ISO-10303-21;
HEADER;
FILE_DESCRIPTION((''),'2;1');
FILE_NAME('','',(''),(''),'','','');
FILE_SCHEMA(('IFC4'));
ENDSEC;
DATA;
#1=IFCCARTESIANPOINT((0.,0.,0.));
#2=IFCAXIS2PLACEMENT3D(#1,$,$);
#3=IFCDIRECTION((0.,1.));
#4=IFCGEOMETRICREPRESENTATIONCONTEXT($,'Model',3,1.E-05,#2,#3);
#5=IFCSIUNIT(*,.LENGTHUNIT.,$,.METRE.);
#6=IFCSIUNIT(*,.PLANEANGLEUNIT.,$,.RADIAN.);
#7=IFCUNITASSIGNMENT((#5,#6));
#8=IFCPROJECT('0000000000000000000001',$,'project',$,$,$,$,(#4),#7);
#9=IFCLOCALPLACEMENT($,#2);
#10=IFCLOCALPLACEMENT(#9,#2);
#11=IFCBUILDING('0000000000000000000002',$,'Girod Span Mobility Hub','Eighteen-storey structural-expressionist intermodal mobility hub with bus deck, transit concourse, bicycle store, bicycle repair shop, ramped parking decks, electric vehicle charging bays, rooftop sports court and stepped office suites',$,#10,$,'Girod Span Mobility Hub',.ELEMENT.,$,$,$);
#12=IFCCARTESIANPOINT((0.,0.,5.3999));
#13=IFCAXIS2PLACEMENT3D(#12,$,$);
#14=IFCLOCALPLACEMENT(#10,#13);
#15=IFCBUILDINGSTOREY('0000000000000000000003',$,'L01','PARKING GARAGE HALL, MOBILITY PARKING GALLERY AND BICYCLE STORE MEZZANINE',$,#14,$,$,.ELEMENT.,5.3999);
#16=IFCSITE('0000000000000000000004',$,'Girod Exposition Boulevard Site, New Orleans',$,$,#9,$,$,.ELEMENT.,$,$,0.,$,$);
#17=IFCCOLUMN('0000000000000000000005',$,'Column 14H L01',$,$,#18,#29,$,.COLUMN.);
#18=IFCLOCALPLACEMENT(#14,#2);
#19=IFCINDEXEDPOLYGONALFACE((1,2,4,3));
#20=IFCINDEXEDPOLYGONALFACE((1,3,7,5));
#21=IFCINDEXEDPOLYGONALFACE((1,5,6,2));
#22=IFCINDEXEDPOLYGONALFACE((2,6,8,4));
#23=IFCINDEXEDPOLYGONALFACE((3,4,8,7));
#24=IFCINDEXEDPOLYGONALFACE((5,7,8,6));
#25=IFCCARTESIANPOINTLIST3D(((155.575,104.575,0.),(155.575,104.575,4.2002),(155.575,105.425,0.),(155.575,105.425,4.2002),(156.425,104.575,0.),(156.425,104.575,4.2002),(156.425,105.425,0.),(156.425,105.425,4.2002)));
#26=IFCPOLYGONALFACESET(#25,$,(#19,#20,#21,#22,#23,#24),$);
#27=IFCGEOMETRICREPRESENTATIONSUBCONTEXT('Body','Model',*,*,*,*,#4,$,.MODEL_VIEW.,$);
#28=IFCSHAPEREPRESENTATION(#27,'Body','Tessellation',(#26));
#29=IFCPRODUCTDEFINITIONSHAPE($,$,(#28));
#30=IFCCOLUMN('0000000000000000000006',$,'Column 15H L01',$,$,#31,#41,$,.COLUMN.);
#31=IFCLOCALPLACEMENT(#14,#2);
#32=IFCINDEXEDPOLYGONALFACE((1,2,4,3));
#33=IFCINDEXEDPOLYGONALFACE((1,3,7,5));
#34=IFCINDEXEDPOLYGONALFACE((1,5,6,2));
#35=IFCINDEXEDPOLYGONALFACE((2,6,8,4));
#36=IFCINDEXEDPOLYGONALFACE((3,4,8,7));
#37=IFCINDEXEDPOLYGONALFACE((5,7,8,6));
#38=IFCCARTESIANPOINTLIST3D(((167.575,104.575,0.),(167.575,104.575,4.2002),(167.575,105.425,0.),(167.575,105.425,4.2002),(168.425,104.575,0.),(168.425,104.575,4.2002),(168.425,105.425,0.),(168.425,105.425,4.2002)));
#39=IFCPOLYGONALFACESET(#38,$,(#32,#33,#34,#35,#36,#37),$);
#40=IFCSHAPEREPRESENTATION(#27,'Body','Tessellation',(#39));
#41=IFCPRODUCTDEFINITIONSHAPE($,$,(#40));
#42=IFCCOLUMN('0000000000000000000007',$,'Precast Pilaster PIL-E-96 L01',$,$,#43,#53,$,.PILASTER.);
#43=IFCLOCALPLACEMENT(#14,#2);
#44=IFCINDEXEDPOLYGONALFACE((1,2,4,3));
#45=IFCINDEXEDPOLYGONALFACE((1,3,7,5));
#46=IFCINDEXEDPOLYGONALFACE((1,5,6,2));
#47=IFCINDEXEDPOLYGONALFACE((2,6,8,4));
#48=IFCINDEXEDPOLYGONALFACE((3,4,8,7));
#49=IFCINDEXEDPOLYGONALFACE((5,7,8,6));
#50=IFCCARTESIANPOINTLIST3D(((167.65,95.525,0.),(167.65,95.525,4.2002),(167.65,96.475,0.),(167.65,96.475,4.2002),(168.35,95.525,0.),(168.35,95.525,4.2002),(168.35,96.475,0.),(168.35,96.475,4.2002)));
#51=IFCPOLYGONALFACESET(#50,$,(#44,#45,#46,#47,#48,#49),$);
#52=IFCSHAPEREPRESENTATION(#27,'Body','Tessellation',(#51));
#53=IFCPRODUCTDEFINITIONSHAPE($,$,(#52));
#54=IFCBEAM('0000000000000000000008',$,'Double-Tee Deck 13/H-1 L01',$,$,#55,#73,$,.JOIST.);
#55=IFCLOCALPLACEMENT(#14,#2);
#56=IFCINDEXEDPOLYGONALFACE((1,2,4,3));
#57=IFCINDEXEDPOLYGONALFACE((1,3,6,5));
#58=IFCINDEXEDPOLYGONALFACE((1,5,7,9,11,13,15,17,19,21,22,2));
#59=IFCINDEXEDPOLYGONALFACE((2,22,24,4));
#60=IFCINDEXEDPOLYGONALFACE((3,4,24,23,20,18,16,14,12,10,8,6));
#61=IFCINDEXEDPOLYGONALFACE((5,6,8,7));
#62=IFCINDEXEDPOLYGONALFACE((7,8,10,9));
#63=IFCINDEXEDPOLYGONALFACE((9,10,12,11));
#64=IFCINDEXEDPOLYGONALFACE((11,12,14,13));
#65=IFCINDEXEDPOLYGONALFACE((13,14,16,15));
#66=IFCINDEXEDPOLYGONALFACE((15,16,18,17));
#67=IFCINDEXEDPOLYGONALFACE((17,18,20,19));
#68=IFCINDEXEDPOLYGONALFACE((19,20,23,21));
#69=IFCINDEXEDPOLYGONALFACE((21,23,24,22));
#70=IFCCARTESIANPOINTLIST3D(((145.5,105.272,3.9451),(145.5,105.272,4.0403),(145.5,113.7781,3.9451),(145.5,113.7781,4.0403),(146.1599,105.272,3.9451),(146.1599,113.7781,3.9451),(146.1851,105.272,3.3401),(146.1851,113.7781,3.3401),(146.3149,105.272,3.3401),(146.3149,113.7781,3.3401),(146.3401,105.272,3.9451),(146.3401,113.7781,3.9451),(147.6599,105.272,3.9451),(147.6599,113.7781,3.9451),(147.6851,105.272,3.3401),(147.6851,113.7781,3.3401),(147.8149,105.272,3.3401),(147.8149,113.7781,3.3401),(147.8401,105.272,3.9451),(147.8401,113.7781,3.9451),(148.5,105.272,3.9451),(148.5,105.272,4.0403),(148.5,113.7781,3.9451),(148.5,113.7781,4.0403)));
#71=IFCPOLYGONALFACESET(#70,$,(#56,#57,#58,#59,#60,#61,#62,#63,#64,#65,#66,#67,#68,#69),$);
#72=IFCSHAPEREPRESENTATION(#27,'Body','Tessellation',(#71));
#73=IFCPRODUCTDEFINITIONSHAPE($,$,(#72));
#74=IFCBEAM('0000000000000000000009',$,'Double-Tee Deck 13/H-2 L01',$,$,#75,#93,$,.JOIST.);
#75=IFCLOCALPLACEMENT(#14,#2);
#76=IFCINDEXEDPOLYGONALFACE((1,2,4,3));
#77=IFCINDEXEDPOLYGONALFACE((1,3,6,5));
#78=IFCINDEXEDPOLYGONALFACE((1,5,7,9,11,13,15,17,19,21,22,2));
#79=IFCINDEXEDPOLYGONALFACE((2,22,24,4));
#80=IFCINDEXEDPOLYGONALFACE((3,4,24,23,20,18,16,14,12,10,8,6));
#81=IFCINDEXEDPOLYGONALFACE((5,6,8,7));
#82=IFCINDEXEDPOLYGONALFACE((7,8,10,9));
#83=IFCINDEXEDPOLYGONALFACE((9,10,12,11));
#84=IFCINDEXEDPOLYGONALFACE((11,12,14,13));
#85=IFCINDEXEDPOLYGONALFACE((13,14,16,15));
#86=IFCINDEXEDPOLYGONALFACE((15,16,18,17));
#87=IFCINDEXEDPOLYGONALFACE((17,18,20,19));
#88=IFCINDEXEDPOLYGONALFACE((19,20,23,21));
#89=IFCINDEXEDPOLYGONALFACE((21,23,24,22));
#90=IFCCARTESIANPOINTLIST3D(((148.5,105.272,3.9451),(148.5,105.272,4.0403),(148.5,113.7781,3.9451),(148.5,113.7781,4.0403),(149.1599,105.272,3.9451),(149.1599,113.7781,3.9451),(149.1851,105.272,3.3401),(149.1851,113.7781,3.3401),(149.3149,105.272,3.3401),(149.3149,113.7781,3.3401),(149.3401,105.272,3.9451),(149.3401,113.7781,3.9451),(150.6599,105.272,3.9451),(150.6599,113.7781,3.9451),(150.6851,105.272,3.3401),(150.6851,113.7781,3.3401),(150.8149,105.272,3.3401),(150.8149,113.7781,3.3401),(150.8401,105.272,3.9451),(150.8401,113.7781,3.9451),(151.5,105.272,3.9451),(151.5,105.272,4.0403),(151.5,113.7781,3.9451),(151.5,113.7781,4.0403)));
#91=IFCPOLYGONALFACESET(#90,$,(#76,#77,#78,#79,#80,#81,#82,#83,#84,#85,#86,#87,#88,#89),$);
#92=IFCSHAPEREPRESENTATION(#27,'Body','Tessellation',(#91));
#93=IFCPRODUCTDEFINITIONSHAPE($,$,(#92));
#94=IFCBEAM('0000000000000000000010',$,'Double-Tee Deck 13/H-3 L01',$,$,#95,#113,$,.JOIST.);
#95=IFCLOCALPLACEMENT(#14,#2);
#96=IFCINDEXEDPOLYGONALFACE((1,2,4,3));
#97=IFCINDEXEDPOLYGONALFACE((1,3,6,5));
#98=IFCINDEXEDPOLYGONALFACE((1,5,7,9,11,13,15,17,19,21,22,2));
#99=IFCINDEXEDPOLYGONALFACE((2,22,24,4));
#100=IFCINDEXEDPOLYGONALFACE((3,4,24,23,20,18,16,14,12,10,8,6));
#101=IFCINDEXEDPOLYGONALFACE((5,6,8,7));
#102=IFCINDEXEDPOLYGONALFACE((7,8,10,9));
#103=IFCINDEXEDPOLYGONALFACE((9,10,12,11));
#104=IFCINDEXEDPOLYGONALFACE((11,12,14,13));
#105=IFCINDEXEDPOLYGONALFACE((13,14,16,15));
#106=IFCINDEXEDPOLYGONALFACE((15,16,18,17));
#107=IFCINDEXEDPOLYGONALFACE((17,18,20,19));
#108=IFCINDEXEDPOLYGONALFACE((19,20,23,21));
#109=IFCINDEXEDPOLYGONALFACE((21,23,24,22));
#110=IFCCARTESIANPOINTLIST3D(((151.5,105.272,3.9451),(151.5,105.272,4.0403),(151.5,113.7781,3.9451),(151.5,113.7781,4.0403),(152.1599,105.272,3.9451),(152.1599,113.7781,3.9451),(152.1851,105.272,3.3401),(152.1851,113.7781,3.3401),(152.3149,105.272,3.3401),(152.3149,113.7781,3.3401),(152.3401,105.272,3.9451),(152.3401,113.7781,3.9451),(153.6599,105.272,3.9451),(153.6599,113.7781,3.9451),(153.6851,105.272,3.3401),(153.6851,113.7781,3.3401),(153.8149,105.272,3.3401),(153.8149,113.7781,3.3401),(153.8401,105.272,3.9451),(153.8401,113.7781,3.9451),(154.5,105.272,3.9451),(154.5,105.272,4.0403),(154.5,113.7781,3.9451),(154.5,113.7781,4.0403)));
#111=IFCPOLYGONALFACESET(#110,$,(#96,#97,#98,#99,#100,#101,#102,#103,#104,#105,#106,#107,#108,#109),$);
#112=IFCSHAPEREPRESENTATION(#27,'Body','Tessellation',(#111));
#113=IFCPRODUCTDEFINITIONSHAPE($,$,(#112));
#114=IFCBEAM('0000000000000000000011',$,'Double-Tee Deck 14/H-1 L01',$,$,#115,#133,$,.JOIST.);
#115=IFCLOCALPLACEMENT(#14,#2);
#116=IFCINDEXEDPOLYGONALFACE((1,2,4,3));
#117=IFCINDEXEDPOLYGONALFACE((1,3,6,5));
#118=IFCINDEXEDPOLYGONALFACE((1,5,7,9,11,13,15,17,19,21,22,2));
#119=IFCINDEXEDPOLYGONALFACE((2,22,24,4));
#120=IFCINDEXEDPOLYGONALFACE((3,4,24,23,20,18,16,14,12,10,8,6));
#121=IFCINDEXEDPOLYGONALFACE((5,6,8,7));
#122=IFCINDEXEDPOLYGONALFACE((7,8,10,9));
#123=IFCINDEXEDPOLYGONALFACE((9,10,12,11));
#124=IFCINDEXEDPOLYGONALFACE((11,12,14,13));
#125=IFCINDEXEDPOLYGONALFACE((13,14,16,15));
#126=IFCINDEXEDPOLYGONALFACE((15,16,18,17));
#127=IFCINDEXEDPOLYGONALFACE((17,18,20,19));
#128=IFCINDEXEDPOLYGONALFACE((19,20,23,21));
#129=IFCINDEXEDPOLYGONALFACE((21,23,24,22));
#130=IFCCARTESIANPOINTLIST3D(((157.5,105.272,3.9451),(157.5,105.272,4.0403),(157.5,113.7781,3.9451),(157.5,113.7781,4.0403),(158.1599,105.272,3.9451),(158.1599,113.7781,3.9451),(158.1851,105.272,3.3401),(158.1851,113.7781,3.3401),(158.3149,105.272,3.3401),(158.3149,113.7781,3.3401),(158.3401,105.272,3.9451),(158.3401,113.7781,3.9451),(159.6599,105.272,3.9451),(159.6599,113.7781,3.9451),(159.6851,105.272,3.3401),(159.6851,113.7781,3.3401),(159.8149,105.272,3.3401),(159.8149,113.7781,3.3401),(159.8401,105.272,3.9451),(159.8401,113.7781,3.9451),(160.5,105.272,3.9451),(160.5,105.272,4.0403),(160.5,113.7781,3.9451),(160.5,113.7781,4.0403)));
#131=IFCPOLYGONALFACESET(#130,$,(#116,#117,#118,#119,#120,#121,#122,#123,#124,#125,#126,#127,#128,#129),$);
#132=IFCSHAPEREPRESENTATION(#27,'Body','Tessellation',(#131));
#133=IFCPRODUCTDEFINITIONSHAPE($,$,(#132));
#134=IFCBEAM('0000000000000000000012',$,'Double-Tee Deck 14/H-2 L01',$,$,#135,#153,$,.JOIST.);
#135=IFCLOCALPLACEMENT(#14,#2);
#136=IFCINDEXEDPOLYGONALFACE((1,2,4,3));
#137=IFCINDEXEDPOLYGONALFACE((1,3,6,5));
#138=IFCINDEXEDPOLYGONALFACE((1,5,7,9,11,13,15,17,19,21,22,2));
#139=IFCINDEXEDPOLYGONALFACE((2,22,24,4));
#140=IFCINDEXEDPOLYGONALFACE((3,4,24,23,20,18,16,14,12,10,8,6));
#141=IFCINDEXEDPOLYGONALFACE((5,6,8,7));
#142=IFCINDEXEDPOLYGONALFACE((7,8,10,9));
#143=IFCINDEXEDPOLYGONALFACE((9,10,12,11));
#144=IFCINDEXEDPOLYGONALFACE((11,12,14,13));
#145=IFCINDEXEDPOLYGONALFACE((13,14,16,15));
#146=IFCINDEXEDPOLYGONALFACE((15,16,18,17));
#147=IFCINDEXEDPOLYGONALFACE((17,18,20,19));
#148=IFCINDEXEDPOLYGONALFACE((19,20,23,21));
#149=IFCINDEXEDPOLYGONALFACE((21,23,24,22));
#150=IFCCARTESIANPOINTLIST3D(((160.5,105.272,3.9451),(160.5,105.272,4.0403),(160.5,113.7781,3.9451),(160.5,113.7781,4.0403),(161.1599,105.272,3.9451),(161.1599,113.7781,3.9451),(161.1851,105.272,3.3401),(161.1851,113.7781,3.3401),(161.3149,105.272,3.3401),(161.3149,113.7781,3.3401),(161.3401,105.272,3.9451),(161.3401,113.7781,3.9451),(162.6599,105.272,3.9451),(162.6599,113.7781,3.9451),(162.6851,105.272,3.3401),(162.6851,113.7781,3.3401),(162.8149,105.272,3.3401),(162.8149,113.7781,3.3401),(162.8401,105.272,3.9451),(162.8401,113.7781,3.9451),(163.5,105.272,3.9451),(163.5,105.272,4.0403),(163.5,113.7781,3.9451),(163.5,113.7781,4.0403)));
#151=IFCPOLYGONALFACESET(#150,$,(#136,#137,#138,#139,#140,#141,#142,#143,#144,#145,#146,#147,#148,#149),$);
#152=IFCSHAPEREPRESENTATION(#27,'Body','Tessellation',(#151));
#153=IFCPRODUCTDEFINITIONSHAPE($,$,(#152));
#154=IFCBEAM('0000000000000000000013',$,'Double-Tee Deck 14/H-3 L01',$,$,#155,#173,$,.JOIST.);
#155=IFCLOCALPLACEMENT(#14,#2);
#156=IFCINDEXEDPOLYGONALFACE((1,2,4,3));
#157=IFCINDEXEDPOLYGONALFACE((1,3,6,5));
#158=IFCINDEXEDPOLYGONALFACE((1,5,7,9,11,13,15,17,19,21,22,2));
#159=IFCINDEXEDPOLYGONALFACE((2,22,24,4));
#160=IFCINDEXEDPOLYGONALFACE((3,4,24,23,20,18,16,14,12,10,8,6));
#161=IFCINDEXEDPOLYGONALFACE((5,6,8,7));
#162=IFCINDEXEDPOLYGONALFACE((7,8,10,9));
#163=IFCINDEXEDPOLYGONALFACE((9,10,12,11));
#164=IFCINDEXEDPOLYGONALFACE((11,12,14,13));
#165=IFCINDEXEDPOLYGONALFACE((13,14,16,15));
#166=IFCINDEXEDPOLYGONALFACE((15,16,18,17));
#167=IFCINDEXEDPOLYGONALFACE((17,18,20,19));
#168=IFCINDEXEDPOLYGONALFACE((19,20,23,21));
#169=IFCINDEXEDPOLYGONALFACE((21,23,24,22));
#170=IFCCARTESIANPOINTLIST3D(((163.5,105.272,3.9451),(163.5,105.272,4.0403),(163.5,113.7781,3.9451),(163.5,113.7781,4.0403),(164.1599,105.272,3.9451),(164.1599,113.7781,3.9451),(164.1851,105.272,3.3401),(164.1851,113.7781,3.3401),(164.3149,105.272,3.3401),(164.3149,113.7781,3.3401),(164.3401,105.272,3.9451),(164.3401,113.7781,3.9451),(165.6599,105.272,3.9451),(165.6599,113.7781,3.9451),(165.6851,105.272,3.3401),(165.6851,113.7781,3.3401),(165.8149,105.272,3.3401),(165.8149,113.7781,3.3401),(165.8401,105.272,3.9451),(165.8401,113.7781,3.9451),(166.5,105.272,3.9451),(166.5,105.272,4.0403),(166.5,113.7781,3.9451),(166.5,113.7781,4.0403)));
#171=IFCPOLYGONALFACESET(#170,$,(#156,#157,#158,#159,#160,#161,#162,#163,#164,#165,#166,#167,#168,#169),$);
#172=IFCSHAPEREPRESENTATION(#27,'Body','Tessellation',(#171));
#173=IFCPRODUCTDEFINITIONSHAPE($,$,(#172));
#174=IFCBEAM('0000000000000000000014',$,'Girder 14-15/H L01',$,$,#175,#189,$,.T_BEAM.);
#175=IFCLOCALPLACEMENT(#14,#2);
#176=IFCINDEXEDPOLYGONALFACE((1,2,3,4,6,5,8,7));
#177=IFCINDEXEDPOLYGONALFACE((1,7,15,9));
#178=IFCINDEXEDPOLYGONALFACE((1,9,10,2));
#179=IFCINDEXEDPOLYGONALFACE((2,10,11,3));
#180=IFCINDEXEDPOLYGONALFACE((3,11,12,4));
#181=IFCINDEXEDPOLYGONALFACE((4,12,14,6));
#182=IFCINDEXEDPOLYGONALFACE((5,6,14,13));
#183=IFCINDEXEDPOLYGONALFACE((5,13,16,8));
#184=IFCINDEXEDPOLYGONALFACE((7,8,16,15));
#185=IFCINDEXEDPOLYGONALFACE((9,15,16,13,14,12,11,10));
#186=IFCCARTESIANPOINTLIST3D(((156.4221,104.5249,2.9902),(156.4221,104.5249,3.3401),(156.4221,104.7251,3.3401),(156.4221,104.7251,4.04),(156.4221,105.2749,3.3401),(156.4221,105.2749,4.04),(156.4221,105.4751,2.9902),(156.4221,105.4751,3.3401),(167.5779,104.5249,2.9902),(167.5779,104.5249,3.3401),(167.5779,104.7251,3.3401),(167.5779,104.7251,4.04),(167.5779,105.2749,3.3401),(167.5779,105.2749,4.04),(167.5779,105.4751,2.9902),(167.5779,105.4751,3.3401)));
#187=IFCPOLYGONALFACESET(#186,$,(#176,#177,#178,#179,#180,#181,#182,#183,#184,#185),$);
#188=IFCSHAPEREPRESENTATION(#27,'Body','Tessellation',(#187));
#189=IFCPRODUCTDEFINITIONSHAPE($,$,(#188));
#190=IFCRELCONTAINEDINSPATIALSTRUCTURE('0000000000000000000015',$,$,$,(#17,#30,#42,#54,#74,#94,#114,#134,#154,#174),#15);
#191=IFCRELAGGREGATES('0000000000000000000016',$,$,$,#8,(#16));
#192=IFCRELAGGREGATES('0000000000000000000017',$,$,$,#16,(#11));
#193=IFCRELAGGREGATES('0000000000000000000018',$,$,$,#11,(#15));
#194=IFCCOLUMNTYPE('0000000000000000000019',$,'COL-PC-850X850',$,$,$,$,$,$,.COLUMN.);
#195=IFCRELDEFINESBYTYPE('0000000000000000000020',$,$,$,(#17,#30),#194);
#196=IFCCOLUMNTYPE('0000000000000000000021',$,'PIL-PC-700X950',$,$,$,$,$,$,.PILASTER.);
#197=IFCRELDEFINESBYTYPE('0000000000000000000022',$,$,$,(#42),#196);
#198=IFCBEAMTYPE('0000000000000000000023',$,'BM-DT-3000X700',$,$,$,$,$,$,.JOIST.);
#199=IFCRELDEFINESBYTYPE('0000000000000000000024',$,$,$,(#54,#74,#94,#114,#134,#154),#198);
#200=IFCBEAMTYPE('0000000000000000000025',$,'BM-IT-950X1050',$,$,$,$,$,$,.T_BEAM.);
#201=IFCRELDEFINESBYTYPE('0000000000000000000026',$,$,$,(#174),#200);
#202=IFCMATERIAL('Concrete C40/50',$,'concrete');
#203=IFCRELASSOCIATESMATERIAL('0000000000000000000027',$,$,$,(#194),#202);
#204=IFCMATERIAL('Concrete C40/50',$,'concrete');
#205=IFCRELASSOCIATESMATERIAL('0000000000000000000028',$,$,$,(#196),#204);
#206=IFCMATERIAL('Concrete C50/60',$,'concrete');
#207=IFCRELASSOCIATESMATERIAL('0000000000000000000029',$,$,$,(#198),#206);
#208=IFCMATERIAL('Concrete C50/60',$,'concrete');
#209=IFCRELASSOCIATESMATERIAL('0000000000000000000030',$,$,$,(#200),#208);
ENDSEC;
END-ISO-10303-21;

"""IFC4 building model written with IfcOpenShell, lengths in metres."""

from ifc_helpers import new_model, si_unit, direction, frame, origin, origin_2d, place, context, subcontext, project, spatial, polyline, rectangle, outline, extrude, material, material_profile, profile_set, type_object, element, save


model = new_model("IFC4")

# Units and contexts
model_context = context("Model", 3, precision=1e-05, world=origin(), true_north=direction((0.0, 1.0)))
body_context = subcontext(model_context, "Body", "Model", "MODEL_VIEW")
ifc_project = project(units=[si_unit("LENGTHUNIT", "METRE"), si_unit("PLANEANGLEUNIT", "RADIAN")], contexts=[model_context])

# Site, building, storey
site_placement = place(None, origin())
site = spatial("IfcSite", under=ifc_project, at=site_placement, Name="Girod Exposition Boulevard Site, New Orleans", CompositionType="ELEMENT", RefElevation=0.0)
building_placement = place(site_placement, origin())
building = spatial("IfcBuilding", under=site, at=building_placement, Name="Girod Span Mobility Hub", Description="Eighteen-storey structural-expressionist intermodal mobility hub with bus deck, transit concourse, bicycle store, bicycle repair shop, ramped parking decks, electric vehicle charging bays, rooftop sports court and stepped office suites", LongName="Girod Span Mobility Hub", CompositionType="ELEMENT")
storey_placement = place(building_placement, frame((0.0, 0.0, 5.3999)))
storey = spatial("IfcBuildingStorey", under=building, at=storey_placement, Name="L01", Description="PARKING GARAGE HALL, MOBILITY PARKING GALLERY AND BICYCLE STORE MEZZANINE", CompositionType="ELEMENT", Elevation=5.3999)

# Columns
ifc_material_1 = material(Name="Concrete C40/50", Category="concrete")
ifc_material_profile_1 = material_profile(ifc_material_1, rectangle(XDim=0.8501, YDim=0.8501, at=origin_2d()), Name="PC-COL-850X850")
ifc_profile_set_1 = profile_set([ifc_material_profile_1], Name="Concrete C40/50")
column_type_1 = type_object("IfcColumnType", Name="COL-PC-850X850", PredefinedType="COLUMN", material=ifc_profile_set_1)
for number, where, z_axis, x_axis, name in (
    (1, (156.0, 105.0, 0.0), (0.0, 0.0, 1.0), (1.0, 0.0, 0.0), "Column 14H L01"),
    (2, (168.0, 105.0, 0.0), (0.0, 0.0, 1.0), (1.0, 0.0, 0.0), "Column 15H L01"),
):
    element("IfcColumn", number, at=place(storey_placement, frame(where, z_axis=z_axis, x_axis=x_axis)), inside=storey, type_object=column_type_1, Name=name, PredefinedType="COLUMN", context=body_context, shape_type="SweptSolid", body=[
        extrude(rectangle(XDim=0.8501, YDim=0.8501, at=origin_2d()), origin(), (0.0, 0.0, 1.0), 4.2002),
    ])
ifc_material_2 = material(Name="Concrete C40/50", Category="concrete")
ifc_material_profile_2 = material_profile(ifc_material_2, rectangle(XDim=0.7, YDim=0.95, at=origin_2d()), Name="PC-PIL-700X950")
ifc_profile_set_2 = profile_set([ifc_material_profile_2], Name="Concrete C40/50")
column_type_2 = type_object("IfcColumnType", Name="PIL-PC-700X950", PredefinedType="PILASTER", material=ifc_profile_set_2)
column_placement = place(storey_placement, frame((168.0, 96.0, 0.0), z_axis=(0.0, 0.0, 1.0), x_axis=(1.0, 0.0, 0.0)))
element("IfcColumn", 3, at=column_placement, inside=storey, type_object=column_type_2, Name="Precast Pilaster PIL-E-96 L01", PredefinedType="PILASTER", context=body_context, shape_type="SweptSolid", body=[
    extrude(rectangle(XDim=0.7, YDim=0.95, at=origin_2d()), origin(), (0.0, 0.0, 1.0), 4.2002),
])

# Beams
ifc_material_3 = material(Name="Concrete C50/60", Category="concrete")
ifc_material_profile_3 = material_profile(ifc_material_3, outline(polyline([(-1.5, 0.3501), (-1.5, 0.2549), (-0.8401, 0.2549), (-0.8149, -0.3501), (-0.6851, -0.3501), (-0.6599, 0.2549), (0.6599, 0.2549), (0.6851, -0.3501), (0.8149, -0.3501), (0.8401, 0.2549), (1.5, 0.2549), (1.5, 0.3501), (-1.5, 0.3501)])), Name="DT-3000X700")
ifc_profile_set_3 = profile_set([ifc_material_profile_3], Name="Concrete C50/60")
beam_type_1 = type_object("IfcBeamType", Name="BM-DT-3000X700", PredefinedType="JOIST", material=ifc_profile_set_3)
for number, where, z_axis, x_axis, name in (
    (4, (147.0, 105.272, 3.6902), (0.0, 1.0, 0.0), (-1.0, 0.0, 0.0), "Double-Tee Deck 13/H-1 L01"),
    (5, (150.0, 105.272, 3.6902), (0.0, 1.0, 0.0), (-1.0, 0.0, 0.0), "Double-Tee Deck 13/H-2 L01"),
    (6, (153.0, 105.272, 3.6902), (0.0, 1.0, 0.0), (-1.0, 0.0, 0.0), "Double-Tee Deck 13/H-3 L01"),
    (7, (159.0, 105.272, 3.6902), (0.0, 1.0, 0.0), (-1.0, 0.0, 0.0), "Double-Tee Deck 14/H-1 L01"),
    (8, (162.0, 105.272, 3.6902), (0.0, 1.0, 0.0), (-1.0, 0.0, 0.0), "Double-Tee Deck 14/H-2 L01"),
    (9, (165.0, 105.272, 3.6902), (0.0, 1.0, 0.0), (-1.0, 0.0, 0.0), "Double-Tee Deck 14/H-3 L01"),
):
    element("IfcBeam", number, at=place(storey_placement, frame(where, z_axis=z_axis, x_axis=x_axis)), inside=storey, type_object=beam_type_1, Name=name, PredefinedType="JOIST", context=body_context, shape_type="SweptSolid", body=[
        extrude(outline(polyline([(-1.5, 0.3501), (-1.5, 0.2549), (-0.8401, 0.2549), (-0.8149, -0.3501), (-0.6851, -0.3501), (-0.6599, 0.2549), (0.6599, 0.2549), (0.6851, -0.3501), (0.8149, -0.3501), (0.8401, 0.2549), (1.5, 0.2549), (1.5, 0.3501), (-1.5, 0.3501)])), origin(), (0.0, 0.0, 1.0), 8.5061),
    ])
ifc_material_4 = material(Name="Concrete C50/60", Category="concrete")
ifc_material_profile_4 = material_profile(ifc_material_4, outline(polyline([(-0.4751, -0.5249), (0.4751, -0.5249), (0.4751, -0.175), (0.2749, -0.175), (0.2749, 0.5249), (-0.2749, 0.5249), (-0.2749, -0.175), (-0.4751, -0.175), (-0.4751, -0.5249)])), Name="IT-950X1050")
ifc_profile_set_4 = profile_set([ifc_material_profile_4], Name="Concrete C50/60")
beam_type_2 = type_object("IfcBeamType", Name="BM-IT-950X1050", PredefinedType="T_BEAM", material=ifc_profile_set_4)
beam_1_placement = place(storey_placement, frame((156.4221, 105.0, 3.5151), z_axis=(1.0, 0.0, 0.0), x_axis=(0.0, 1.0, 0.0)))
element("IfcBeam", 10, at=beam_1_placement, inside=storey, type_object=beam_type_2, Name="Girder 14-15/H L01", PredefinedType="T_BEAM", context=body_context, shape_type="SweptSolid", body=[
    extrude(outline(polyline([(-0.4751, -0.5249), (0.4751, -0.5249), (0.4751, -0.175), (0.2749, -0.175), (0.2749, 0.5249), (-0.2749, 0.5249), (-0.2749, -0.175), (-0.4751, -0.175), (-0.4751, -0.5249)])), origin(), (0.0, 0.0, 1.0), 11.1558),
])

save(model, "model.ifc")
